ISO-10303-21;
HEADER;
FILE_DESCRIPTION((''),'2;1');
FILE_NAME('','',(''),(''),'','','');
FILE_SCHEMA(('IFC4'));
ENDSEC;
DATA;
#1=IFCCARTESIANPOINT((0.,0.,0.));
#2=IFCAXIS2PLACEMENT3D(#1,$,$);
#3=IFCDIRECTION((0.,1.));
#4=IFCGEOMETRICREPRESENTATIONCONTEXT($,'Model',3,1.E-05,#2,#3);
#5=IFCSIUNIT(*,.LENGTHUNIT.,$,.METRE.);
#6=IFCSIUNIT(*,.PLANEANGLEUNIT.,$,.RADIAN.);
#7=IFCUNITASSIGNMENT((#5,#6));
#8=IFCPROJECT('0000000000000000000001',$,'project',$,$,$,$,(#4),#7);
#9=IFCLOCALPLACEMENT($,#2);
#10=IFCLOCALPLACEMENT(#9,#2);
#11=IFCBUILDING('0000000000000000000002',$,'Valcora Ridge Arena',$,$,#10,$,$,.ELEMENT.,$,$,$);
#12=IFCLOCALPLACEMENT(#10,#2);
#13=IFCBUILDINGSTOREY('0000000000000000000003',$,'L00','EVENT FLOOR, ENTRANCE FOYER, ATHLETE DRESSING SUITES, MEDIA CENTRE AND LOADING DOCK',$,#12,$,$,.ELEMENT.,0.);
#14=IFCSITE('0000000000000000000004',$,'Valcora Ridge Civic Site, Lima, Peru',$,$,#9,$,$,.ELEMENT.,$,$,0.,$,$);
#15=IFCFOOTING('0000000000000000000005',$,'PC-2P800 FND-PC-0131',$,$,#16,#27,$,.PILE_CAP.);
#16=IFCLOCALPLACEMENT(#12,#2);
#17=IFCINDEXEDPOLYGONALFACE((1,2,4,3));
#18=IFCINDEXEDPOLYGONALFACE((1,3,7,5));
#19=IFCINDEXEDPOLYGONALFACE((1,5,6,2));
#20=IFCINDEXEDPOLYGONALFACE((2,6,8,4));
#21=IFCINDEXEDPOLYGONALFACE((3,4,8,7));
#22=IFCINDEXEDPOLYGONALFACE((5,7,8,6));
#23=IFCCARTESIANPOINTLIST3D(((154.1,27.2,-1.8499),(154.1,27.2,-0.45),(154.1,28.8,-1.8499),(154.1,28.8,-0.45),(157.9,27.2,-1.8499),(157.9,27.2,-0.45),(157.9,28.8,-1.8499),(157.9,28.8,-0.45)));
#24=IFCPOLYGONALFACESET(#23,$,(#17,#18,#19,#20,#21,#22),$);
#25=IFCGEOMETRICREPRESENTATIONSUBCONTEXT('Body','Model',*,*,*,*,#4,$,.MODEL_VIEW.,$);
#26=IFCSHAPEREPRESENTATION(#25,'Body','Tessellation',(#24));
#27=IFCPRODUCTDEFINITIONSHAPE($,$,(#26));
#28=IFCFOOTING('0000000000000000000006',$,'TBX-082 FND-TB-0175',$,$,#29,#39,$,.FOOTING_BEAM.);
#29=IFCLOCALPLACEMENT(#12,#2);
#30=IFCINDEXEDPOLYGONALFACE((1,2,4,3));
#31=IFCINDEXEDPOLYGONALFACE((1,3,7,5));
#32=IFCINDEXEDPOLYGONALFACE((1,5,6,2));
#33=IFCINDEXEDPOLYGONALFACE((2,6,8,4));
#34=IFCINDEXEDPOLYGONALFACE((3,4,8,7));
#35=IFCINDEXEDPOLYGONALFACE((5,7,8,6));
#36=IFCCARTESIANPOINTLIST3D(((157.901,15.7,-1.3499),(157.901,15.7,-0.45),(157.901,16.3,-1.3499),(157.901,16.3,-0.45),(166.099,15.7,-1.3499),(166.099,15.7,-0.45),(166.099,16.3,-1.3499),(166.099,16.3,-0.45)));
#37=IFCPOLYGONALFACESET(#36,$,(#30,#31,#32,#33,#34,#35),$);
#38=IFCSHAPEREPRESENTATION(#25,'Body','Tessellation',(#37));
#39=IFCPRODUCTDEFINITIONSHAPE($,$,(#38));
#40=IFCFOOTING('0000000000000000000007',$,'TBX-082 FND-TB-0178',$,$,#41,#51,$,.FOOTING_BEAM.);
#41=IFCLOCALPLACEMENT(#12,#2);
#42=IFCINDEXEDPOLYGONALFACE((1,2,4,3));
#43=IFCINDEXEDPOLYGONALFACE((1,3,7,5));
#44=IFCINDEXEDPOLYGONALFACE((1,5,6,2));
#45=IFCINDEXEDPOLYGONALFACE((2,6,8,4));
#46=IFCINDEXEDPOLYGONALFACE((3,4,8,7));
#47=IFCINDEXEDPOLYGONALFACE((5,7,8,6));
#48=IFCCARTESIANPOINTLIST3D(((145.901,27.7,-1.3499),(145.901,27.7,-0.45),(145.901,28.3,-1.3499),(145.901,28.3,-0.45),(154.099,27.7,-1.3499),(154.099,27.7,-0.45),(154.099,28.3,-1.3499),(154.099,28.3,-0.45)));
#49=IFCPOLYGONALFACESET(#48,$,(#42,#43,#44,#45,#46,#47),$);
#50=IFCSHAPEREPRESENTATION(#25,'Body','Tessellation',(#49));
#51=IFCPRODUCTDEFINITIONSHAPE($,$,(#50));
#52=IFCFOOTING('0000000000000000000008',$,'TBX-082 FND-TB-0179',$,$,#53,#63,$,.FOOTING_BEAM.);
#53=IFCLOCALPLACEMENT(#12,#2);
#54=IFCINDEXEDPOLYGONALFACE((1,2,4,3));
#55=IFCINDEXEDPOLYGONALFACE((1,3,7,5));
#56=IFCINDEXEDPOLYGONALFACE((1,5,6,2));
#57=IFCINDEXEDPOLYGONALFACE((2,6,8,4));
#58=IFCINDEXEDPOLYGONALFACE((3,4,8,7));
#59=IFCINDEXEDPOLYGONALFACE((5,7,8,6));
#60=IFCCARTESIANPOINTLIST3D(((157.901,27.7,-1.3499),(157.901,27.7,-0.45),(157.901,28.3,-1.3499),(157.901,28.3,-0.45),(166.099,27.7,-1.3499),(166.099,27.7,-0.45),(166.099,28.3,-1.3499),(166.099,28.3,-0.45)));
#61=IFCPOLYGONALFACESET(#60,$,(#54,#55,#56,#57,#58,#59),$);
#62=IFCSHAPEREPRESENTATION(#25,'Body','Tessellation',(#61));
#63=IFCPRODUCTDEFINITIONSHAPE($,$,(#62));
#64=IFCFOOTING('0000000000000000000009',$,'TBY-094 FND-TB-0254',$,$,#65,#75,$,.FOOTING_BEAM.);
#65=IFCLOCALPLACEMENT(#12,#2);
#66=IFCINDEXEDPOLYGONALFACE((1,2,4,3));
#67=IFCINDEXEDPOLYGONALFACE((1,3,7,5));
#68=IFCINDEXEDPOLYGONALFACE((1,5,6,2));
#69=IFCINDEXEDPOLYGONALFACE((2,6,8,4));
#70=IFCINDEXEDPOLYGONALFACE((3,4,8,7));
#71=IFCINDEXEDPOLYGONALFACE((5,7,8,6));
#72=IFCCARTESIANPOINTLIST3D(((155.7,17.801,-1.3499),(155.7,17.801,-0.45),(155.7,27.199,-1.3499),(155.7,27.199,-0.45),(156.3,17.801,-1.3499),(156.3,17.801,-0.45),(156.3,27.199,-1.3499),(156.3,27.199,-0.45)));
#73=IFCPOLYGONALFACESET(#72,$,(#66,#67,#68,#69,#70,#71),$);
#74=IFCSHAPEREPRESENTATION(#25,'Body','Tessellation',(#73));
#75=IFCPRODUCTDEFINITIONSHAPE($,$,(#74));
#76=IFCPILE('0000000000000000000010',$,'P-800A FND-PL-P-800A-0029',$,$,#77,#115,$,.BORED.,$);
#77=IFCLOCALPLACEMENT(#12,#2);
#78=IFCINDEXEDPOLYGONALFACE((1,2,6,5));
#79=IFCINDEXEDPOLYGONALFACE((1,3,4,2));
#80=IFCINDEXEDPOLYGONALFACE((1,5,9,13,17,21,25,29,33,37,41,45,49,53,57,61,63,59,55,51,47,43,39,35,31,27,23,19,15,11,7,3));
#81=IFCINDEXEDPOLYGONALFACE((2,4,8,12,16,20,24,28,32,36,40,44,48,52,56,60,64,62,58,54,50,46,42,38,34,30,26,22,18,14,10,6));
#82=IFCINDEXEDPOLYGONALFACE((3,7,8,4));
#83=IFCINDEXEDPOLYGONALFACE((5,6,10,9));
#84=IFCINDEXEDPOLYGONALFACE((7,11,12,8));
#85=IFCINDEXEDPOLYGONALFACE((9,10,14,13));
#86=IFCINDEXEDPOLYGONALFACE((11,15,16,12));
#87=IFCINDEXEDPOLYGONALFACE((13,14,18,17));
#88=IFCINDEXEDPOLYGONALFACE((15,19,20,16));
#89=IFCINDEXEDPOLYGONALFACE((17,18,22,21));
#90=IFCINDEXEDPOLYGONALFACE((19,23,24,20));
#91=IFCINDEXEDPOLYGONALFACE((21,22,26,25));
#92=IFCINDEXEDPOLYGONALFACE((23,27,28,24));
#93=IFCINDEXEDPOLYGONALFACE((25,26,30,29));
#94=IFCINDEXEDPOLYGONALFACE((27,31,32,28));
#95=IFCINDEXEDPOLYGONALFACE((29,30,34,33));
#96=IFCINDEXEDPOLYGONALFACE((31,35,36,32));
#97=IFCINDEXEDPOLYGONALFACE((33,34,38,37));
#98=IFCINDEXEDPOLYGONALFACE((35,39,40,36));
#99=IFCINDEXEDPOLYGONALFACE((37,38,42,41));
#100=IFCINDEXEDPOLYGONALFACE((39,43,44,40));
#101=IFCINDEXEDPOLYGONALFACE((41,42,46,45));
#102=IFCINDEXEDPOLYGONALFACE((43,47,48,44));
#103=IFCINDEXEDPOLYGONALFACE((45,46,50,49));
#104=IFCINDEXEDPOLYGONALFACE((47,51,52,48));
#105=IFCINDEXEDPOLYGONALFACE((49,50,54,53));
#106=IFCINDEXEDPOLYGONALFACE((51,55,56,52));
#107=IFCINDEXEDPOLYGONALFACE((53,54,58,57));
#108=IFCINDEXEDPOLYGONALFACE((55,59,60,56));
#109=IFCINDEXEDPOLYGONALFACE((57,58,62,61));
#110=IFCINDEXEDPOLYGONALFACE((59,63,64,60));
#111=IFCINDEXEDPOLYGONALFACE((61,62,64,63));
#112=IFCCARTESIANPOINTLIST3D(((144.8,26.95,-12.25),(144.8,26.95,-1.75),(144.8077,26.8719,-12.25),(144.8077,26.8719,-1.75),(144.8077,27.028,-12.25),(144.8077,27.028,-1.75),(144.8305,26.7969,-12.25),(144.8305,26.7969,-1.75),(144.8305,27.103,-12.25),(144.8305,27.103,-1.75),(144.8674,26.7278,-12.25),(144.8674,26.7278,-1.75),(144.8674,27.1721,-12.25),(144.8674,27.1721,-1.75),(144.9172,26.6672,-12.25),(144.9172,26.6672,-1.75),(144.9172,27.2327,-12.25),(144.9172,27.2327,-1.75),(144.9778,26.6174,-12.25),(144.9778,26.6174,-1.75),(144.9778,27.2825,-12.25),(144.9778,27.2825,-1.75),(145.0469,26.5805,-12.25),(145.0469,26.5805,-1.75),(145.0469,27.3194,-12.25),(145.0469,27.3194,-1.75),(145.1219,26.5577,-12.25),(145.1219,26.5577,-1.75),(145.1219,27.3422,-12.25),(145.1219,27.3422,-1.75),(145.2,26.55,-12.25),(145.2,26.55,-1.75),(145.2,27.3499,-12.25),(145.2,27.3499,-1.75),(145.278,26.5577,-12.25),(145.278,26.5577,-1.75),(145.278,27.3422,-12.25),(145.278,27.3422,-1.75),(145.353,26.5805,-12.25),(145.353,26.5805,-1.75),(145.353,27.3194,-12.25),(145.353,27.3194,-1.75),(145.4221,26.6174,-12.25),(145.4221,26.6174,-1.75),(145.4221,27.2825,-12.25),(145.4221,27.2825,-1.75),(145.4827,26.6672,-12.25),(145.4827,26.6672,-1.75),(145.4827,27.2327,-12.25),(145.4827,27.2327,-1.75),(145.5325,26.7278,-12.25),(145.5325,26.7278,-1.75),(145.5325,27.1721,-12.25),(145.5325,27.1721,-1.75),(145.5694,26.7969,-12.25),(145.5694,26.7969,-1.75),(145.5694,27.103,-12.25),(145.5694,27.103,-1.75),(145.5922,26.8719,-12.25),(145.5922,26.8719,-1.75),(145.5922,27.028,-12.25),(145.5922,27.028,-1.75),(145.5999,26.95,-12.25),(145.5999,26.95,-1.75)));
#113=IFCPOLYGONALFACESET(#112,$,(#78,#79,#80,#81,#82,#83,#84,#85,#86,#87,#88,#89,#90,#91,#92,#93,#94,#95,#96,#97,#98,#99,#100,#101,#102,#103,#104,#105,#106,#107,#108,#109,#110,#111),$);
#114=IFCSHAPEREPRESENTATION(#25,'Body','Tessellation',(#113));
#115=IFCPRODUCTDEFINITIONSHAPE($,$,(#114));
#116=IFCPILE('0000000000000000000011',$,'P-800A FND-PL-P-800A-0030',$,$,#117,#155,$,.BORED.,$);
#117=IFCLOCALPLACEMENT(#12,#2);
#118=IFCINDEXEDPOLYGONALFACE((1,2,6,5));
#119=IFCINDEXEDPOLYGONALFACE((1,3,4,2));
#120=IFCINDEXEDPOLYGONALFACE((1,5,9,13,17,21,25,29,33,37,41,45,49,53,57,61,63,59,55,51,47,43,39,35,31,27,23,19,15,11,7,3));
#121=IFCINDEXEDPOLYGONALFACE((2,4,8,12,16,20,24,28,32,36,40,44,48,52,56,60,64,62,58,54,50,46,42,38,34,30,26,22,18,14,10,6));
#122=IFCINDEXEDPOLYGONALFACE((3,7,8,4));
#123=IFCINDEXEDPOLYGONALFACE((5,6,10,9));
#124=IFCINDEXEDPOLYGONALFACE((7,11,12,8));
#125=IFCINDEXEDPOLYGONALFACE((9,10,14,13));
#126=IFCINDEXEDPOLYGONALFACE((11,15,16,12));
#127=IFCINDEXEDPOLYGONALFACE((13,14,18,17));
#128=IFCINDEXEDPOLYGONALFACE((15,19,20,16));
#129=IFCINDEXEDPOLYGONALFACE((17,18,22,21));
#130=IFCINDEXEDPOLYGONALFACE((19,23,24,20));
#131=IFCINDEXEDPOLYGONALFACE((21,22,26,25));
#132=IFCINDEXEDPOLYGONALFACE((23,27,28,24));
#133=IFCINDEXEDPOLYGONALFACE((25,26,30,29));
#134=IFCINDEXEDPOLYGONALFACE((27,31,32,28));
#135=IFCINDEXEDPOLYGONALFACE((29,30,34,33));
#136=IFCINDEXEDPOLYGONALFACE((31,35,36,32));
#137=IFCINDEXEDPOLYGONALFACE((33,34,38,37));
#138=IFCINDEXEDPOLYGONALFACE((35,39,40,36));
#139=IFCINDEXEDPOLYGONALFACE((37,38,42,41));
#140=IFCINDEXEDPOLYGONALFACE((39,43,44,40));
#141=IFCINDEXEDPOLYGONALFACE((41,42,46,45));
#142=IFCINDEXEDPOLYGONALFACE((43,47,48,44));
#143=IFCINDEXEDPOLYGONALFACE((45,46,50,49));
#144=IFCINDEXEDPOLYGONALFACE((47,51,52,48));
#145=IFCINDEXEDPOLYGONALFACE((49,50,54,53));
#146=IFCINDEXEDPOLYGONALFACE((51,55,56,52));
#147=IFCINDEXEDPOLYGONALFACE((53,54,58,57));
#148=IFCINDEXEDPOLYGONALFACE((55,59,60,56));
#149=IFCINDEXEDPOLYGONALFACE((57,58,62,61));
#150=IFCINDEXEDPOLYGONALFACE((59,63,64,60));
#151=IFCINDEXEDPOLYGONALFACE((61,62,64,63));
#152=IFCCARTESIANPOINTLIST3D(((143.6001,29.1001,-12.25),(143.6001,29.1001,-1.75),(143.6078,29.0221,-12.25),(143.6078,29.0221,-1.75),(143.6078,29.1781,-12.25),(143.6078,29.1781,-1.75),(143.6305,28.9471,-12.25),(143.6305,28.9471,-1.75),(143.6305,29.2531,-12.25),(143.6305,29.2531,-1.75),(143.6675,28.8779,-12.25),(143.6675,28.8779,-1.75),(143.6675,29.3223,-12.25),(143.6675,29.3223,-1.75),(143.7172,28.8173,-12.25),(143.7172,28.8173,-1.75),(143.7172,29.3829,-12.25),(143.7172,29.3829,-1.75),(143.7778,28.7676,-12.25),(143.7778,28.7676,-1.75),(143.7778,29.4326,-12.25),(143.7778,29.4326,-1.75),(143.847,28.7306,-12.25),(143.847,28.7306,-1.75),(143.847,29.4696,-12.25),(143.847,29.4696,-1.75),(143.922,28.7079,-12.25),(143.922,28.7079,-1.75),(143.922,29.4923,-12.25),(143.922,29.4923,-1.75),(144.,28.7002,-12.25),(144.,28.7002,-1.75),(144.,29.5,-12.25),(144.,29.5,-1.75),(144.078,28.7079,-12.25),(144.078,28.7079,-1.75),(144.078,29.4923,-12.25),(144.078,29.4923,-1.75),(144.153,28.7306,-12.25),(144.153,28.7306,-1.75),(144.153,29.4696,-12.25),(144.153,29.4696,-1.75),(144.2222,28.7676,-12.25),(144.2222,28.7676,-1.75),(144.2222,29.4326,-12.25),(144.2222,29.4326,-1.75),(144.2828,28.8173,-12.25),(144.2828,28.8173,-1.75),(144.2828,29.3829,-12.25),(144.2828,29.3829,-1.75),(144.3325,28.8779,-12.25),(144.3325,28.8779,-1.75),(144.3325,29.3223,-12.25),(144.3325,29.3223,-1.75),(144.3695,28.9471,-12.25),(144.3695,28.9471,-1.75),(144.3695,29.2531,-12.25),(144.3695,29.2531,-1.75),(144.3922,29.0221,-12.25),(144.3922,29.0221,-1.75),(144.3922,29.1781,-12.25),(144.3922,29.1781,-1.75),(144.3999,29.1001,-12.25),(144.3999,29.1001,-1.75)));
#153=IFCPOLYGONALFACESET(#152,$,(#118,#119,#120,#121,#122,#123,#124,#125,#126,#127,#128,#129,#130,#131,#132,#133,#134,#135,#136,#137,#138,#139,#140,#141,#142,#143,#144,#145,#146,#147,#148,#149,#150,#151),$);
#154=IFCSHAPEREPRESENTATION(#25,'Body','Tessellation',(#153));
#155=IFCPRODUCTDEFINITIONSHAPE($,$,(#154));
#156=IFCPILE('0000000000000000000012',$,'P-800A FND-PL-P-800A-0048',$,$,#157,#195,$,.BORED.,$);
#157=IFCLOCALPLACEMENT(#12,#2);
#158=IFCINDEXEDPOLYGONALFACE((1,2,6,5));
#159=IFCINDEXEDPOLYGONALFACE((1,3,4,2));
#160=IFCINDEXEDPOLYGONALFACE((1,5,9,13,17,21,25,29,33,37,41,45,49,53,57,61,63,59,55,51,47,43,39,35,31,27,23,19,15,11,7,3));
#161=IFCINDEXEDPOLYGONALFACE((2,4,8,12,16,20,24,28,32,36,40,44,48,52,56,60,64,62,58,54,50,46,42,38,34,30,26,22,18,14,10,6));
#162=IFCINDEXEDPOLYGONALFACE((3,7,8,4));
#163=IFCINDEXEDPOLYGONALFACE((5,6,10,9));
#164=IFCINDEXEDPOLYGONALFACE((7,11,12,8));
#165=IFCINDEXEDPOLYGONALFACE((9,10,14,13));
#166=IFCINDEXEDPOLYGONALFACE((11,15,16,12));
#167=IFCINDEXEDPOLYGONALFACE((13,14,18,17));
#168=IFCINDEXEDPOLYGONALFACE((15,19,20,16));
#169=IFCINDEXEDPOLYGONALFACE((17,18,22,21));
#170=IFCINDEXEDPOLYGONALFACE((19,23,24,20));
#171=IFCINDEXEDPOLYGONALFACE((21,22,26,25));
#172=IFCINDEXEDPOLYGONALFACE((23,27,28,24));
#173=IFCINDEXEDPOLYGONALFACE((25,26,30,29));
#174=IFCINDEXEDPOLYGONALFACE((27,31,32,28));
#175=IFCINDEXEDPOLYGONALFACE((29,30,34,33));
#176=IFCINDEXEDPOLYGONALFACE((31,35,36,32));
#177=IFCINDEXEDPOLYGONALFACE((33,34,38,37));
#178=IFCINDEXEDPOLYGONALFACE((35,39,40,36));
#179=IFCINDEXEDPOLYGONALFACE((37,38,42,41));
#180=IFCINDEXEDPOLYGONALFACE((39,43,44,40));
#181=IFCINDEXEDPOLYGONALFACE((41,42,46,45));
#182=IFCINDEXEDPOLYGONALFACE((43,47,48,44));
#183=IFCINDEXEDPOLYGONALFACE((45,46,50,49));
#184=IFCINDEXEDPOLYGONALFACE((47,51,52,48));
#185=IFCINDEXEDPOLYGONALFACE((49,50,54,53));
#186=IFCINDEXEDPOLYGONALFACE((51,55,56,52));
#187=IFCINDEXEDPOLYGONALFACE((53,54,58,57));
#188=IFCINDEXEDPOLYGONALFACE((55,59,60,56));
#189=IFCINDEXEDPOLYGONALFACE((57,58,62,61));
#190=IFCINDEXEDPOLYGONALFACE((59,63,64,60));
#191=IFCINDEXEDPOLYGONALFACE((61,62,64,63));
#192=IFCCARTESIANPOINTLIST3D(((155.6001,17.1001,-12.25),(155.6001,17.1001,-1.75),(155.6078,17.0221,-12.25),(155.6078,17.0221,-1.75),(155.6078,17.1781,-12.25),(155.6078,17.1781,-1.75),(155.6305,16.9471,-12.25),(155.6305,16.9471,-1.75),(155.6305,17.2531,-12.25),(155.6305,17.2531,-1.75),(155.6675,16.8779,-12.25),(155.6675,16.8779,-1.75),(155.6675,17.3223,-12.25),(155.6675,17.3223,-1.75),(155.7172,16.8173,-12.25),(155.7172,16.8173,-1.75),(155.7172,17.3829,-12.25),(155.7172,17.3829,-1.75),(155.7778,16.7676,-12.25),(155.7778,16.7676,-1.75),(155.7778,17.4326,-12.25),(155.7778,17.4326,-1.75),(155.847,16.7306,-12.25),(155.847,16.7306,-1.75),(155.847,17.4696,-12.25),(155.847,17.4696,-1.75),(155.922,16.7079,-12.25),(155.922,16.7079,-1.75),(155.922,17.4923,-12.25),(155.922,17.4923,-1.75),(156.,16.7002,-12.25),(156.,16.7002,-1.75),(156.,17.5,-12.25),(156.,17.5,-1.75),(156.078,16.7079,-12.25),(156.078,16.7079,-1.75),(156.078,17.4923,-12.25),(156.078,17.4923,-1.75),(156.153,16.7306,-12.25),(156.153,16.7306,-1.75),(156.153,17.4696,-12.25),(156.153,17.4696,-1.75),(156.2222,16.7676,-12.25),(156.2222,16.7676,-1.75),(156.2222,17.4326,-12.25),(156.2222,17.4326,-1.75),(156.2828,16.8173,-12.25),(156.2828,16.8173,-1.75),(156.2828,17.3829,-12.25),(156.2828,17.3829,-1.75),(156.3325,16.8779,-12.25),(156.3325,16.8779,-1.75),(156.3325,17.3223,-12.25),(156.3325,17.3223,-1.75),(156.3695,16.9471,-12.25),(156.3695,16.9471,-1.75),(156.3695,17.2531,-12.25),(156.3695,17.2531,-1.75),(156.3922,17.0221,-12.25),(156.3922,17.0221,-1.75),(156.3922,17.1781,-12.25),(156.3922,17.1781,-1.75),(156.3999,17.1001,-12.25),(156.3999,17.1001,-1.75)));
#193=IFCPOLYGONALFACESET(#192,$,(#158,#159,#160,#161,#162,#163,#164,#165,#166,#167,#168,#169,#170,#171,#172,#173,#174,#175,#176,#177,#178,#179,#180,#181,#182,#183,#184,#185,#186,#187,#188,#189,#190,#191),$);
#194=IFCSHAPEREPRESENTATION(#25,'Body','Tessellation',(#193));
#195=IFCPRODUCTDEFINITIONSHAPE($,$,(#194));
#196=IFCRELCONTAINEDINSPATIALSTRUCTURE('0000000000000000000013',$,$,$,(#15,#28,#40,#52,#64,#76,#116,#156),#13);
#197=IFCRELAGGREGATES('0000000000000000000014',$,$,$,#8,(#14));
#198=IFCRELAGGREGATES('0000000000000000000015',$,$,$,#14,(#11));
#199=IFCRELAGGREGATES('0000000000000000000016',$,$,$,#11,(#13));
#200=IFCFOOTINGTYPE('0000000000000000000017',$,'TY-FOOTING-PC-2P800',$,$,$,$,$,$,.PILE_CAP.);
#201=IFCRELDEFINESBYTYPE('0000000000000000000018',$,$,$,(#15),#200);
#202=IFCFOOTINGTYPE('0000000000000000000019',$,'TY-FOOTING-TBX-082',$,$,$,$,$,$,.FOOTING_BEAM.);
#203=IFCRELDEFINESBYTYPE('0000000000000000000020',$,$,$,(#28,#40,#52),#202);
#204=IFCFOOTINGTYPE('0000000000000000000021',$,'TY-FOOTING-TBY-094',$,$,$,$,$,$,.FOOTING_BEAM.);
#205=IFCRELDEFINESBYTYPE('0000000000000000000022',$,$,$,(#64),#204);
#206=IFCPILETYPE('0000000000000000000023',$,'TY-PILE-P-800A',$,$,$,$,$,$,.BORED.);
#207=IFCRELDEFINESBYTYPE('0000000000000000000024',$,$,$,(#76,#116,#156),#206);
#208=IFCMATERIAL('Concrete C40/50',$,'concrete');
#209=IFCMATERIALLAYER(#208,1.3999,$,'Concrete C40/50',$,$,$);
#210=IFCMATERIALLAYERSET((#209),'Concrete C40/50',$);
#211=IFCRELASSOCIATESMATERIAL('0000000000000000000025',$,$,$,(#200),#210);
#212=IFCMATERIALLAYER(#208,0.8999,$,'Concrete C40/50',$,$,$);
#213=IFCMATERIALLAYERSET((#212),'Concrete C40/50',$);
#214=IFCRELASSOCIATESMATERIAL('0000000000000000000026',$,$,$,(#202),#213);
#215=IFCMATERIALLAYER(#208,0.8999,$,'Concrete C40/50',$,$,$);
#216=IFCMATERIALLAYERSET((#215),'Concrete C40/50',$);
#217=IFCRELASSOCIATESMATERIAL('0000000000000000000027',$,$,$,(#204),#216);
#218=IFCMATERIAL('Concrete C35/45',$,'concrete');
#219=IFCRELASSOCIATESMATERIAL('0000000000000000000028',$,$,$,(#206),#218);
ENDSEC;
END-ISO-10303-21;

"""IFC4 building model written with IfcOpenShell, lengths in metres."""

from ifc_helpers import new_model, si_unit, direction, frame, origin, origin_2d, place, context, subcontext, project, spatial, rectangle, circle, extrude, material, layer, layer_set, material_profile, profile_set, type_object, element, save


model = new_model("IFC4")

# Units and contexts
model_context = context("Model", 3, precision=1e-05, world=origin(), true_north=direction((0.0, 1.0)))
body_context = subcontext(model_context, "Body", "Model", "MODEL_VIEW")
ifc_project = project(units=[si_unit("LENGTHUNIT", "METRE"), si_unit("PLANEANGLEUNIT", "RADIAN")], contexts=[model_context])

# Site, building, storey
site_placement = place(None, origin())
site = spatial("IfcSite", under=ifc_project, at=site_placement, Name="Valcora Ridge Civic Site, Lima, Peru", CompositionType="ELEMENT", RefElevation=0.0)
building_placement = place(site_placement, origin())
building = spatial("IfcBuilding", under=site, at=building_placement, Name="Valcora Ridge Arena", CompositionType="ELEMENT")
storey_placement = place(building_placement, origin())
storey = spatial("IfcBuildingStorey", under=building, at=storey_placement, Name="L00", Description="EVENT FLOOR, ENTRANCE FOYER, ATHLETE DRESSING SUITES, MEDIA CENTRE AND LOADING DOCK", CompositionType="ELEMENT", Elevation=0.0)

# Footings
ifc_material_1 = material(Name="Concrete C40/50", Category="concrete")
ifc_layer_1 = layer(ifc_material_1, 1.3999, Name="Concrete C40/50")
ifc_layer_set_1 = layer_set([ifc_layer_1], Name="Concrete C40/50")
footing_type_1 = type_object("IfcFootingType", Name="TY-FOOTING-PC-2P800", PredefinedType="PILE_CAP", material=ifc_layer_set_1)
footing_1_placement = place(storey_placement, frame((156.0, 28.0, -1.8499), z_axis=(0.0, 0.0, 1.0), x_axis=(1.0, 0.0, 0.0)))
element("IfcFooting", 1, at=footing_1_placement, inside=storey, type_object=footing_type_1, Name="PC-2P800 FND-PC-0131", PredefinedType="PILE_CAP", context=body_context, shape_type="SweptSolid", body=[
    extrude(rectangle(XDim=3.8, YDim=1.6001, at=origin_2d()), origin(), (0.0, 0.0, 1.0), 1.3999),
])
ifc_layer_2 = layer(ifc_material_1, 0.8999, Name="Concrete C40/50")
ifc_layer_set_2 = layer_set([ifc_layer_2], Name="Concrete C40/50")
footing_type_2 = type_object("IfcFootingType", Name="TY-FOOTING-TBX-082", PredefinedType="FOOTING_BEAM", material=ifc_layer_set_2)
for number, where, z_axis, x_axis, name in (
    (2, (162.0, 16.0, -1.3499), (0.0, 0.0, 1.0), (1.0, 0.0, 0.0), "TBX-082 FND-TB-0175"),
    (3, (150.0, 28.0, -1.3499), (0.0, 0.0, 1.0), (1.0, 0.0, 0.0), "TBX-082 FND-TB-0178"),
    (4, (162.0, 28.0, -1.3499), (0.0, 0.0, 1.0), (1.0, 0.0, 0.0), "TBX-082 FND-TB-0179"),
):
    element("IfcFooting", number, at=place(storey_placement, frame(where, z_axis=z_axis, x_axis=x_axis)), inside=storey, type_object=footing_type_2, Name=name, PredefinedType="FOOTING_BEAM", context=body_context, shape_type="SweptSolid", body=[
        extrude(rectangle(XDim=8.198, YDim=0.6001, at=origin_2d()), origin(), (0.0, 0.0, 1.0), 0.8999),
    ])
ifc_layer_3 = layer(ifc_material_1, 0.8999, Name="Concrete C40/50")
ifc_layer_set_3 = layer_set([ifc_layer_3], Name="Concrete C40/50")
footing_type_3 = type_object("IfcFootingType", Name="TY-FOOTING-TBY-094", PredefinedType="FOOTING_BEAM", material=ifc_layer_set_3)
footing_2_placement = place(storey_placement, frame((156.0, 22.5, -1.3499), z_axis=(0.0, 0.0, 1.0), x_axis=(1.0, 0.0, 0.0)))
element("IfcFooting", 5, at=footing_2_placement, inside=storey, type_object=footing_type_3, Name="TBY-094 FND-TB-0254", PredefinedType="FOOTING_BEAM", context=body_context, shape_type="SweptSolid", body=[
    extrude(rectangle(XDim=0.6001, YDim=9.3979, at=origin_2d()), origin(), (0.0, 0.0, 1.0), 0.8999),
])

# Piles
ifc_material_2 = material(Name="Concrete C35/45", Category="concrete")
ifc_material_profile_1 = material_profile(ifc_material_2, circle(Radius=0.3999, at=origin_2d()), Name="BORED PILE D800")
ifc_profile_set_1 = profile_set([ifc_material_profile_1], Name="Concrete C35/45")
pile_type_1 = type_object("IfcPileType", Name="TY-PILE-P-800A", PredefinedType="BORED", material=ifc_profile_set_1)
for number, where, z_axis, x_axis, name in (
    (6, (145.2, 26.95, -1.75), (0.0, 0.0, -1.0), (1.0, 0.0, 0.0), "P-800A FND-PL-P-800A-0029"),
    (7, (144.0, 29.1001, -1.75), (0.0, 0.0, -1.0), (1.0, 0.0, 0.0), "P-800A FND-PL-P-800A-0030"),
    (8, (156.0, 17.1001, -1.75), (0.0, 0.0, -1.0), (1.0, 0.0, 0.0), "P-800A FND-PL-P-800A-0048"),
):
    element("IfcPile", number, at=place(storey_placement, frame(where, z_axis=z_axis, x_axis=x_axis)), inside=storey, type_object=pile_type_1, Name=name, PredefinedType="BORED", context=body_context, shape_type="SweptSolid", body=[
        extrude(circle(Radius=0.3999, at=origin_2d()), origin(), (0.0, 0.0, 1.0), 10.5),
    ])

save(model, "model.ifc")
